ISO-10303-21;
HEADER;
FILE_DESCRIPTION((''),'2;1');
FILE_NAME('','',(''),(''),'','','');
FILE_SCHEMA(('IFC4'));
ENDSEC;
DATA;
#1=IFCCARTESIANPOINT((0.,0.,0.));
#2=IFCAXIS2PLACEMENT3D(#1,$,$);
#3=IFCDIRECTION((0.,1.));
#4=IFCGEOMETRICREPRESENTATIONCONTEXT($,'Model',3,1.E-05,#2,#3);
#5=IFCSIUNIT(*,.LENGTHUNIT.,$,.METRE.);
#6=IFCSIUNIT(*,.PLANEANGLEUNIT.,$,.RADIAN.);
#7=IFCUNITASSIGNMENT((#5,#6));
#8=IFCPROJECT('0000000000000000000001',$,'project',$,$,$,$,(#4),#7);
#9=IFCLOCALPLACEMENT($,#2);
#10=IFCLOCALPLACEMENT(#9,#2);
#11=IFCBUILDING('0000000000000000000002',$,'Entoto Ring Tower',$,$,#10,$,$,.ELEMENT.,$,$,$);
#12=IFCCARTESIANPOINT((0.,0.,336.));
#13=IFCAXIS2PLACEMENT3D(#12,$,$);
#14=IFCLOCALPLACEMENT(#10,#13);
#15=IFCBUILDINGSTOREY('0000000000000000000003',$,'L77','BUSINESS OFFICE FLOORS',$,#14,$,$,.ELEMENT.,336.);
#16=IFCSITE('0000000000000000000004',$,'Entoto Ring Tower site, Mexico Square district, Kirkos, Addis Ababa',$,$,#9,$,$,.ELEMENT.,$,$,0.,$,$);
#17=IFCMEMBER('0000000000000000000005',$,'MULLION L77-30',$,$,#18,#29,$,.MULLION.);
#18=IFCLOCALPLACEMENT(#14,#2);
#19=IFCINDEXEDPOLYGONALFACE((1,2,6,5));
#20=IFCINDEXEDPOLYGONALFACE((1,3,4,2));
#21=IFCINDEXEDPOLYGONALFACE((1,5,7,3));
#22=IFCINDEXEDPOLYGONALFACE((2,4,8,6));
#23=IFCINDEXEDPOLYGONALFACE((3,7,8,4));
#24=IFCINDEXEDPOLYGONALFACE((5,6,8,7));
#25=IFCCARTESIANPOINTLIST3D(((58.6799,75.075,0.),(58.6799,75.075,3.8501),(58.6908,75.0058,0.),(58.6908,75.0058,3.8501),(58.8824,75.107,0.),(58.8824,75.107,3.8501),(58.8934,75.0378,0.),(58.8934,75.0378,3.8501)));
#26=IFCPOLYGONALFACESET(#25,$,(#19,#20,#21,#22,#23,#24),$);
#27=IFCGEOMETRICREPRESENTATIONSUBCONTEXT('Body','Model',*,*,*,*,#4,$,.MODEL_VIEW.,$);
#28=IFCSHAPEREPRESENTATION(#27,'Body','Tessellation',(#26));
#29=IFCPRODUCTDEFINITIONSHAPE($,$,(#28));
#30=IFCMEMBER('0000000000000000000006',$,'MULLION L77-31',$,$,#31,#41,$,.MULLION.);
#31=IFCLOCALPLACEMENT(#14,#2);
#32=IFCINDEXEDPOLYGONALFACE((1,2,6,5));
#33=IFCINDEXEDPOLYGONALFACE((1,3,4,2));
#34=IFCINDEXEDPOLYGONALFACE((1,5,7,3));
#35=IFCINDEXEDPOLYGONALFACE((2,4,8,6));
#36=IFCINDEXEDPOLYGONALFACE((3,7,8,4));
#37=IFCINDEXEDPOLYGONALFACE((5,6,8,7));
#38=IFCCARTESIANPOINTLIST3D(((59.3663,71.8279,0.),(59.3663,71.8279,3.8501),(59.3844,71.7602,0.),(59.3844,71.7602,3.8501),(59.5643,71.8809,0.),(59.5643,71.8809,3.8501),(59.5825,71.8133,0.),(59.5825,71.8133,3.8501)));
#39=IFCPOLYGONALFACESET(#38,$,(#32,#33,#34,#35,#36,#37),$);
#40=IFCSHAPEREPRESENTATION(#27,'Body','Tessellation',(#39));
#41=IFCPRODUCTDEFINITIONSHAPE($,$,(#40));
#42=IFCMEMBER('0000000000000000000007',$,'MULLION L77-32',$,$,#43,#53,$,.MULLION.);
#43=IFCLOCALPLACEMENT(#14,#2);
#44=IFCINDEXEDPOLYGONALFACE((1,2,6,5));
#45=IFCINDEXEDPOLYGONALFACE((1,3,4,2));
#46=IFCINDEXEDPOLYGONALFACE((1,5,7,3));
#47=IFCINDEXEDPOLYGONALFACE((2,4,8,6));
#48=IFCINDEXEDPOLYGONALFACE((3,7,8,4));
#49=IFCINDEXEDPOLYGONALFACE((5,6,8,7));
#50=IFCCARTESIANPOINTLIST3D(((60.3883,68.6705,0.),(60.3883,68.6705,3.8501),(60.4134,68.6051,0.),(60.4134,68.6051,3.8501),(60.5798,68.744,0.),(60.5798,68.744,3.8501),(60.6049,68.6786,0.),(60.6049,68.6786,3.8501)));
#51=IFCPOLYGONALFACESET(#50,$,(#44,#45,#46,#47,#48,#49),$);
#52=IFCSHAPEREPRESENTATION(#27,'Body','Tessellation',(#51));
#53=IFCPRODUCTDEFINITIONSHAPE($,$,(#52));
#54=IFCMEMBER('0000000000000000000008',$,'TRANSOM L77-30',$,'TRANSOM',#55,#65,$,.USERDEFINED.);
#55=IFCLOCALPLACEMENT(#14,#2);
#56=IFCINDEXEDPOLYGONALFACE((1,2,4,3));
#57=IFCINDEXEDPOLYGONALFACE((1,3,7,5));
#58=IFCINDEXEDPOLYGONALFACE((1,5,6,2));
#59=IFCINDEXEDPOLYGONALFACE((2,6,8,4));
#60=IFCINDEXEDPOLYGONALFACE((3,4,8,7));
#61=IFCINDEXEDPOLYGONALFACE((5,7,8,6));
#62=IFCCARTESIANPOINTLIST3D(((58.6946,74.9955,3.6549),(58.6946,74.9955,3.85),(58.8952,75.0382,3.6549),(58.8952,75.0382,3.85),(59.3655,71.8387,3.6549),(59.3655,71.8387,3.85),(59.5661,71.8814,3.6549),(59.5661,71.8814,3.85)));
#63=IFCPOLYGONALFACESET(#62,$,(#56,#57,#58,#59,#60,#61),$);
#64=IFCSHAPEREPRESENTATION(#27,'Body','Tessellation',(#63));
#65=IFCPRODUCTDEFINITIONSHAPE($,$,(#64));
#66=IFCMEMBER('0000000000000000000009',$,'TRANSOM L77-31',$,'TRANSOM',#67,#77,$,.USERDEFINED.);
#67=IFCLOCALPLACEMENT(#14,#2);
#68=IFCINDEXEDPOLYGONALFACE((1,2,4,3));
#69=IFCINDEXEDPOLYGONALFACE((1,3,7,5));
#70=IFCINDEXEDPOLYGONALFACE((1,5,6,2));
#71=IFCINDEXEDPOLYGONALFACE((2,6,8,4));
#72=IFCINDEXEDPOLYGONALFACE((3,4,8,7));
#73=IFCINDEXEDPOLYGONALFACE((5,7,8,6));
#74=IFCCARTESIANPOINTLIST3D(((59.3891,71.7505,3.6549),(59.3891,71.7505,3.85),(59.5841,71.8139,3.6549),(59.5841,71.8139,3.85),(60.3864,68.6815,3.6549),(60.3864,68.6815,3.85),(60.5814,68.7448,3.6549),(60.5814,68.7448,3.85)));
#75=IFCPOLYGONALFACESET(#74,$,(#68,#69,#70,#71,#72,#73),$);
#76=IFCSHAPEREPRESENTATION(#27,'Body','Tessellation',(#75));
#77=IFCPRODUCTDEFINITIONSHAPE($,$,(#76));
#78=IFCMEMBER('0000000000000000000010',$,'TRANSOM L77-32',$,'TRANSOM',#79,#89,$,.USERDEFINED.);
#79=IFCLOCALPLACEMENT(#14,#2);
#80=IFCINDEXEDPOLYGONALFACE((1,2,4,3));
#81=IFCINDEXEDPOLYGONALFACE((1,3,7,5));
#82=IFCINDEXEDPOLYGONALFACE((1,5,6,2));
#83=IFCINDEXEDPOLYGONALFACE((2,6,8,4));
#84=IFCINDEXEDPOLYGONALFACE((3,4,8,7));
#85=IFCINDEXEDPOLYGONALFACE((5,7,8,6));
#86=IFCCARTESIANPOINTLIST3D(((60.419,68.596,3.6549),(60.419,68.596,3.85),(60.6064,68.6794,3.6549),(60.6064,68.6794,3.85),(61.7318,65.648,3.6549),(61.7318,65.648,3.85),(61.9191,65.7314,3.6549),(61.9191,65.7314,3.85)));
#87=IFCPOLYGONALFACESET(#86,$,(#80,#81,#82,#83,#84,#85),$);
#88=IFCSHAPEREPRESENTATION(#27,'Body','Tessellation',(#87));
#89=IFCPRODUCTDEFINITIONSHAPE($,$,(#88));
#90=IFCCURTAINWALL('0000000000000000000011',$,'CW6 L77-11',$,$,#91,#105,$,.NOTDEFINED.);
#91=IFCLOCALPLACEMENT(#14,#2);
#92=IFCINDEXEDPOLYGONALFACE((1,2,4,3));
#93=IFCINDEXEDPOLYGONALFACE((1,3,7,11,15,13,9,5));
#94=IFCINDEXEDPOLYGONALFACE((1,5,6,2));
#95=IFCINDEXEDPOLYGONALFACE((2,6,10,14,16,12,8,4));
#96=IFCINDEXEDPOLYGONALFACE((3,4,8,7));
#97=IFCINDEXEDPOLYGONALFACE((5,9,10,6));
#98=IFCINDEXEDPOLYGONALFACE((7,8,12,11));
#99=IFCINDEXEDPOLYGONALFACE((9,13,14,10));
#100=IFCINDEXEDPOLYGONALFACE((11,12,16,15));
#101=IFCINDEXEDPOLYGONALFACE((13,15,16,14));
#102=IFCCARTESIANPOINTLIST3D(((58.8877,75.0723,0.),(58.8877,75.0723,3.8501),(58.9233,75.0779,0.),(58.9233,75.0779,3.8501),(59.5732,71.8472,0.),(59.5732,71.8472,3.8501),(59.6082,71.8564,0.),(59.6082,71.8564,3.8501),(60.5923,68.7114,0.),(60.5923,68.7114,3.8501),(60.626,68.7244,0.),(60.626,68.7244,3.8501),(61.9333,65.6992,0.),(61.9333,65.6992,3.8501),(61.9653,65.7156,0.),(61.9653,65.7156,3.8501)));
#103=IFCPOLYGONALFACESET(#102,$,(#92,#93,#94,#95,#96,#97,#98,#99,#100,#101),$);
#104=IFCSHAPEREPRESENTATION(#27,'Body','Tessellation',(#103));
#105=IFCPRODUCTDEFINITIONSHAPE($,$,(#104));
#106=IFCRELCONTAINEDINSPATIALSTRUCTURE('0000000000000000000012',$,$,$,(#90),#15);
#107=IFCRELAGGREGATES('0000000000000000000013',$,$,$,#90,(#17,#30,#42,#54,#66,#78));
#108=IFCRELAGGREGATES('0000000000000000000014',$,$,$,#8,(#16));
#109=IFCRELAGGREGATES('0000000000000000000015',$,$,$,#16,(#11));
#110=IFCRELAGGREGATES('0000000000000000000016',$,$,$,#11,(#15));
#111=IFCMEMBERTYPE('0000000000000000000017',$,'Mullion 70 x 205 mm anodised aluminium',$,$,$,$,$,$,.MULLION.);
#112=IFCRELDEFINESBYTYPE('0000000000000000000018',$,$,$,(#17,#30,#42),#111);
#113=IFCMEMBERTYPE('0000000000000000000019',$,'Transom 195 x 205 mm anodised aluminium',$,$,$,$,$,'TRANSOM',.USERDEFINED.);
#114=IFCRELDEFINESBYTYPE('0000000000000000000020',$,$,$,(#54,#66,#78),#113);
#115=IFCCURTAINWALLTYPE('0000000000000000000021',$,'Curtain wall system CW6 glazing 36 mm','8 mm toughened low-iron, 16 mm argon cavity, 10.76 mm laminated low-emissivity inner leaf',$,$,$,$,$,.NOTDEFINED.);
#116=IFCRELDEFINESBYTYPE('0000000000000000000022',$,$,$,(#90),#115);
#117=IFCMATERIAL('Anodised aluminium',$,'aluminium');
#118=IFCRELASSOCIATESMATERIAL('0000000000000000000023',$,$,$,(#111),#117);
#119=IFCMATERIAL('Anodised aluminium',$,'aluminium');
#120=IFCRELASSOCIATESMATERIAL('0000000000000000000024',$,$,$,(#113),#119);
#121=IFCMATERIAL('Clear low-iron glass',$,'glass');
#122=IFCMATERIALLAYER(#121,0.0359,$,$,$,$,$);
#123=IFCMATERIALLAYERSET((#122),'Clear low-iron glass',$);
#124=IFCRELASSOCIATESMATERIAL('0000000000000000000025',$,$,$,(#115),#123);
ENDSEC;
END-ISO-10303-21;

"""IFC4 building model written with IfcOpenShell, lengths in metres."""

from ifc_helpers import new_model, si_unit, direction, frame, origin, origin_2d, place, context, subcontext, project, spatial, polyline, rectangle, outline, extrude, material, layer, layer_set, material_profile, profile_set, type_object, element, aggregate, save


model = new_model("IFC4")

# Units and contexts
model_context = context("Model", 3, precision=1e-05, world=origin(), true_north=direction((0.0, 1.0)))
body_context = subcontext(model_context, "Body", "Model", "MODEL_VIEW")
ifc_project = project(units=[si_unit("LENGTHUNIT", "METRE"), si_unit("PLANEANGLEUNIT", "RADIAN")], contexts=[model_context])

# Members
ifc_material_1 = material(Name="Anodised aluminium", Category="aluminium")
ifc_material_profile_1 = material_profile(ifc_material_1, rectangle(XDim=0.0701, YDim=0.2051, at=origin_2d()), Name="Mullion 70 x 205 mm anodised aluminium")
ifc_profile_set_1 = profile_set([ifc_material_profile_1], Name="Anodised aluminium")
member_type_1 = type_object("IfcMemberType", Name="Mullion 70 x 205 mm anodised aluminium", PredefinedType="MULLION", material=ifc_profile_set_1)
site_placement = place(None, origin())
building_placement = place(site_placement, origin())
storey_placement = place(building_placement, frame((0.0, 0.0, 336.0)))
member_1_placement = place(storey_placement, frame((58.7866, 75.0564, 0.0), z_axis=(0.0, 0.0, 1.0), x_axis=(0.156434, -0.987688, 0.0)))
member_1 = element("IfcMember", 1, at=member_1_placement, type_object=member_type_1, Name="MULLION L77-30", PredefinedType="MULLION", context=body_context, shape_type="SweptSolid", body=[
    extrude(rectangle(XDim=0.0701, YDim=0.2051, at=origin_2d()), origin(), (0.0, 0.0, 1.0), 3.8501),
])
member_2_placement = place(storey_placement, frame((59.4744, 71.8206, 0.0), z_axis=(0.0, 0.0, 1.0), x_axis=(0.258819, -0.965926, 0.0)))
member_2 = element("IfcMember", 2, at=member_2_placement, type_object=member_type_1, Name="MULLION L77-31", PredefinedType="MULLION", context=body_context, shape_type="SweptSolid", body=[
    extrude(rectangle(XDim=0.0701, YDim=0.2051, at=origin_2d()), origin(), (0.0, 0.0, 1.0), 3.8501),
])
member_3_placement = place(storey_placement, frame((60.4966, 68.6746, 0.0), z_axis=(0.0, 0.0, 1.0), x_axis=(0.358368, -0.93358, 0.0)))
member_3 = element("IfcMember", 3, at=member_3_placement, type_object=member_type_1, Name="MULLION L77-32", PredefinedType="MULLION", context=body_context, shape_type="SweptSolid", body=[
    extrude(rectangle(XDim=0.0701, YDim=0.2051, at=origin_2d()), origin(), (0.0, 0.0, 1.0), 3.8501),
])
ifc_material_2 = material(Name="Anodised aluminium", Category="aluminium")
ifc_material_profile_2 = material_profile(ifc_material_2, rectangle(XDim=0.2051, YDim=0.1951, at=origin_2d()), Name="Transom 195 x 205 mm anodised aluminium")
ifc_profile_set_2 = profile_set([ifc_material_profile_2], Name="Anodised aluminium")
member_type_2 = type_object("IfcMemberType", Name="Transom 195 x 205 mm anodised aluminium", ElementType="TRANSOM", PredefinedType="USERDEFINED", material=ifc_profile_set_2)
member_4_placement = place(storey_placement, frame((58.7949, 75.0168, 3.7524), z_axis=(0.207886, -0.978153, 0.0), x_axis=(0.978153, 0.207886, 0.0)))
member_4 = element("IfcMember", 4, at=member_4_placement, type_object=member_type_2, Name="TRANSOM L77-30", ObjectType="TRANSOM", PredefinedType="USERDEFINED", context=body_context, shape_type="SweptSolid", body=[
    extrude(rectangle(XDim=0.2051, YDim=0.1951, at=origin_2d()), origin(), (0.0, 0.0, 1.0), 3.2273),
])
member_5_placement = place(storey_placement, frame((59.4866, 71.7822, 3.7524), z_axis=(0.309047, -0.951047, 0.0), x_axis=(0.951047, 0.309047, 0.0)))
member_5 = element("IfcMember", 5, at=member_5_placement, type_object=member_type_2, Name="TRANSOM L77-31", ObjectType="TRANSOM", PredefinedType="USERDEFINED", context=body_context, shape_type="SweptSolid", body=[
    extrude(rectangle(XDim=0.2051, YDim=0.1951, at=origin_2d()), origin(), (0.0, 0.0, 1.0), 3.2271),
])
member_6_placement = place(storey_placement, frame((60.5127, 68.6377, 3.7524), z_axis=(0.406791, -0.913521, 0.0), x_axis=(0.913521, 0.406791, 0.0)))
member_6 = element("IfcMember", 6, at=member_6_placement, type_object=member_type_2, Name="TRANSOM L77-32", ObjectType="TRANSOM", PredefinedType="USERDEFINED", context=body_context, shape_type="SweptSolid", body=[
    extrude(rectangle(XDim=0.2051, YDim=0.1951, at=origin_2d()), origin(), (0.0, 0.0, 1.0), 3.2271),
])

# Site, building, storey
site = spatial("IfcSite", under=ifc_project, at=site_placement, Name="Entoto Ring Tower site, Mexico Square district, Kirkos, Addis Ababa", CompositionType="ELEMENT", RefElevation=0.0)
building = spatial("IfcBuilding", under=site, at=building_placement, Name="Entoto Ring Tower", CompositionType="ELEMENT")
storey = spatial("IfcBuildingStorey", under=building, at=storey_placement, Name="L77", Description="BUSINESS OFFICE FLOORS", CompositionType="ELEMENT", Elevation=336.0)

# Curtain wall
ifc_material_3 = material(Name="Clear low-iron glass", Category="glass")
ifc_layer = layer(ifc_material_3, 0.0359)
ifc_layer_set = layer_set([ifc_layer], Name="Clear low-iron glass")
curtain_wall_type = type_object("IfcCurtainWallType", Name="Curtain wall system CW6 glazing 36 mm", Description="8 mm toughened low-iron, 16 mm argon cavity, 10.76 mm laminated low-emissivity inner leaf", PredefinedType="NOTDEFINED", material=ifc_layer_set)
curtain_wall_1_placement = place(storey_placement, origin())
curtain_wall_1 = element("IfcCurtainWall", 7, at=curtain_wall_1_placement, inside=storey, type_object=curtain_wall_type, Name="CW6 L77-11", PredefinedType="NOTDEFINED", context=body_context, shape_type="SweptSolid", body=[
    extrude(outline(polyline([(58.8877, 75.0723), (59.5732, 71.8472), (60.5923, 68.7114), (61.9333, 65.6992), (61.9653, 65.7156), (60.626, 68.7244), (59.6082, 71.8564), (58.9233, 75.0779), (58.8877, 75.0723)])), origin(), (0.0, 0.0, 1.0), 3.8501),
])
aggregate(curtain_wall_1, [member_1, member_2, member_3, member_4, member_5, member_6])

save(model, "model.ifc")
